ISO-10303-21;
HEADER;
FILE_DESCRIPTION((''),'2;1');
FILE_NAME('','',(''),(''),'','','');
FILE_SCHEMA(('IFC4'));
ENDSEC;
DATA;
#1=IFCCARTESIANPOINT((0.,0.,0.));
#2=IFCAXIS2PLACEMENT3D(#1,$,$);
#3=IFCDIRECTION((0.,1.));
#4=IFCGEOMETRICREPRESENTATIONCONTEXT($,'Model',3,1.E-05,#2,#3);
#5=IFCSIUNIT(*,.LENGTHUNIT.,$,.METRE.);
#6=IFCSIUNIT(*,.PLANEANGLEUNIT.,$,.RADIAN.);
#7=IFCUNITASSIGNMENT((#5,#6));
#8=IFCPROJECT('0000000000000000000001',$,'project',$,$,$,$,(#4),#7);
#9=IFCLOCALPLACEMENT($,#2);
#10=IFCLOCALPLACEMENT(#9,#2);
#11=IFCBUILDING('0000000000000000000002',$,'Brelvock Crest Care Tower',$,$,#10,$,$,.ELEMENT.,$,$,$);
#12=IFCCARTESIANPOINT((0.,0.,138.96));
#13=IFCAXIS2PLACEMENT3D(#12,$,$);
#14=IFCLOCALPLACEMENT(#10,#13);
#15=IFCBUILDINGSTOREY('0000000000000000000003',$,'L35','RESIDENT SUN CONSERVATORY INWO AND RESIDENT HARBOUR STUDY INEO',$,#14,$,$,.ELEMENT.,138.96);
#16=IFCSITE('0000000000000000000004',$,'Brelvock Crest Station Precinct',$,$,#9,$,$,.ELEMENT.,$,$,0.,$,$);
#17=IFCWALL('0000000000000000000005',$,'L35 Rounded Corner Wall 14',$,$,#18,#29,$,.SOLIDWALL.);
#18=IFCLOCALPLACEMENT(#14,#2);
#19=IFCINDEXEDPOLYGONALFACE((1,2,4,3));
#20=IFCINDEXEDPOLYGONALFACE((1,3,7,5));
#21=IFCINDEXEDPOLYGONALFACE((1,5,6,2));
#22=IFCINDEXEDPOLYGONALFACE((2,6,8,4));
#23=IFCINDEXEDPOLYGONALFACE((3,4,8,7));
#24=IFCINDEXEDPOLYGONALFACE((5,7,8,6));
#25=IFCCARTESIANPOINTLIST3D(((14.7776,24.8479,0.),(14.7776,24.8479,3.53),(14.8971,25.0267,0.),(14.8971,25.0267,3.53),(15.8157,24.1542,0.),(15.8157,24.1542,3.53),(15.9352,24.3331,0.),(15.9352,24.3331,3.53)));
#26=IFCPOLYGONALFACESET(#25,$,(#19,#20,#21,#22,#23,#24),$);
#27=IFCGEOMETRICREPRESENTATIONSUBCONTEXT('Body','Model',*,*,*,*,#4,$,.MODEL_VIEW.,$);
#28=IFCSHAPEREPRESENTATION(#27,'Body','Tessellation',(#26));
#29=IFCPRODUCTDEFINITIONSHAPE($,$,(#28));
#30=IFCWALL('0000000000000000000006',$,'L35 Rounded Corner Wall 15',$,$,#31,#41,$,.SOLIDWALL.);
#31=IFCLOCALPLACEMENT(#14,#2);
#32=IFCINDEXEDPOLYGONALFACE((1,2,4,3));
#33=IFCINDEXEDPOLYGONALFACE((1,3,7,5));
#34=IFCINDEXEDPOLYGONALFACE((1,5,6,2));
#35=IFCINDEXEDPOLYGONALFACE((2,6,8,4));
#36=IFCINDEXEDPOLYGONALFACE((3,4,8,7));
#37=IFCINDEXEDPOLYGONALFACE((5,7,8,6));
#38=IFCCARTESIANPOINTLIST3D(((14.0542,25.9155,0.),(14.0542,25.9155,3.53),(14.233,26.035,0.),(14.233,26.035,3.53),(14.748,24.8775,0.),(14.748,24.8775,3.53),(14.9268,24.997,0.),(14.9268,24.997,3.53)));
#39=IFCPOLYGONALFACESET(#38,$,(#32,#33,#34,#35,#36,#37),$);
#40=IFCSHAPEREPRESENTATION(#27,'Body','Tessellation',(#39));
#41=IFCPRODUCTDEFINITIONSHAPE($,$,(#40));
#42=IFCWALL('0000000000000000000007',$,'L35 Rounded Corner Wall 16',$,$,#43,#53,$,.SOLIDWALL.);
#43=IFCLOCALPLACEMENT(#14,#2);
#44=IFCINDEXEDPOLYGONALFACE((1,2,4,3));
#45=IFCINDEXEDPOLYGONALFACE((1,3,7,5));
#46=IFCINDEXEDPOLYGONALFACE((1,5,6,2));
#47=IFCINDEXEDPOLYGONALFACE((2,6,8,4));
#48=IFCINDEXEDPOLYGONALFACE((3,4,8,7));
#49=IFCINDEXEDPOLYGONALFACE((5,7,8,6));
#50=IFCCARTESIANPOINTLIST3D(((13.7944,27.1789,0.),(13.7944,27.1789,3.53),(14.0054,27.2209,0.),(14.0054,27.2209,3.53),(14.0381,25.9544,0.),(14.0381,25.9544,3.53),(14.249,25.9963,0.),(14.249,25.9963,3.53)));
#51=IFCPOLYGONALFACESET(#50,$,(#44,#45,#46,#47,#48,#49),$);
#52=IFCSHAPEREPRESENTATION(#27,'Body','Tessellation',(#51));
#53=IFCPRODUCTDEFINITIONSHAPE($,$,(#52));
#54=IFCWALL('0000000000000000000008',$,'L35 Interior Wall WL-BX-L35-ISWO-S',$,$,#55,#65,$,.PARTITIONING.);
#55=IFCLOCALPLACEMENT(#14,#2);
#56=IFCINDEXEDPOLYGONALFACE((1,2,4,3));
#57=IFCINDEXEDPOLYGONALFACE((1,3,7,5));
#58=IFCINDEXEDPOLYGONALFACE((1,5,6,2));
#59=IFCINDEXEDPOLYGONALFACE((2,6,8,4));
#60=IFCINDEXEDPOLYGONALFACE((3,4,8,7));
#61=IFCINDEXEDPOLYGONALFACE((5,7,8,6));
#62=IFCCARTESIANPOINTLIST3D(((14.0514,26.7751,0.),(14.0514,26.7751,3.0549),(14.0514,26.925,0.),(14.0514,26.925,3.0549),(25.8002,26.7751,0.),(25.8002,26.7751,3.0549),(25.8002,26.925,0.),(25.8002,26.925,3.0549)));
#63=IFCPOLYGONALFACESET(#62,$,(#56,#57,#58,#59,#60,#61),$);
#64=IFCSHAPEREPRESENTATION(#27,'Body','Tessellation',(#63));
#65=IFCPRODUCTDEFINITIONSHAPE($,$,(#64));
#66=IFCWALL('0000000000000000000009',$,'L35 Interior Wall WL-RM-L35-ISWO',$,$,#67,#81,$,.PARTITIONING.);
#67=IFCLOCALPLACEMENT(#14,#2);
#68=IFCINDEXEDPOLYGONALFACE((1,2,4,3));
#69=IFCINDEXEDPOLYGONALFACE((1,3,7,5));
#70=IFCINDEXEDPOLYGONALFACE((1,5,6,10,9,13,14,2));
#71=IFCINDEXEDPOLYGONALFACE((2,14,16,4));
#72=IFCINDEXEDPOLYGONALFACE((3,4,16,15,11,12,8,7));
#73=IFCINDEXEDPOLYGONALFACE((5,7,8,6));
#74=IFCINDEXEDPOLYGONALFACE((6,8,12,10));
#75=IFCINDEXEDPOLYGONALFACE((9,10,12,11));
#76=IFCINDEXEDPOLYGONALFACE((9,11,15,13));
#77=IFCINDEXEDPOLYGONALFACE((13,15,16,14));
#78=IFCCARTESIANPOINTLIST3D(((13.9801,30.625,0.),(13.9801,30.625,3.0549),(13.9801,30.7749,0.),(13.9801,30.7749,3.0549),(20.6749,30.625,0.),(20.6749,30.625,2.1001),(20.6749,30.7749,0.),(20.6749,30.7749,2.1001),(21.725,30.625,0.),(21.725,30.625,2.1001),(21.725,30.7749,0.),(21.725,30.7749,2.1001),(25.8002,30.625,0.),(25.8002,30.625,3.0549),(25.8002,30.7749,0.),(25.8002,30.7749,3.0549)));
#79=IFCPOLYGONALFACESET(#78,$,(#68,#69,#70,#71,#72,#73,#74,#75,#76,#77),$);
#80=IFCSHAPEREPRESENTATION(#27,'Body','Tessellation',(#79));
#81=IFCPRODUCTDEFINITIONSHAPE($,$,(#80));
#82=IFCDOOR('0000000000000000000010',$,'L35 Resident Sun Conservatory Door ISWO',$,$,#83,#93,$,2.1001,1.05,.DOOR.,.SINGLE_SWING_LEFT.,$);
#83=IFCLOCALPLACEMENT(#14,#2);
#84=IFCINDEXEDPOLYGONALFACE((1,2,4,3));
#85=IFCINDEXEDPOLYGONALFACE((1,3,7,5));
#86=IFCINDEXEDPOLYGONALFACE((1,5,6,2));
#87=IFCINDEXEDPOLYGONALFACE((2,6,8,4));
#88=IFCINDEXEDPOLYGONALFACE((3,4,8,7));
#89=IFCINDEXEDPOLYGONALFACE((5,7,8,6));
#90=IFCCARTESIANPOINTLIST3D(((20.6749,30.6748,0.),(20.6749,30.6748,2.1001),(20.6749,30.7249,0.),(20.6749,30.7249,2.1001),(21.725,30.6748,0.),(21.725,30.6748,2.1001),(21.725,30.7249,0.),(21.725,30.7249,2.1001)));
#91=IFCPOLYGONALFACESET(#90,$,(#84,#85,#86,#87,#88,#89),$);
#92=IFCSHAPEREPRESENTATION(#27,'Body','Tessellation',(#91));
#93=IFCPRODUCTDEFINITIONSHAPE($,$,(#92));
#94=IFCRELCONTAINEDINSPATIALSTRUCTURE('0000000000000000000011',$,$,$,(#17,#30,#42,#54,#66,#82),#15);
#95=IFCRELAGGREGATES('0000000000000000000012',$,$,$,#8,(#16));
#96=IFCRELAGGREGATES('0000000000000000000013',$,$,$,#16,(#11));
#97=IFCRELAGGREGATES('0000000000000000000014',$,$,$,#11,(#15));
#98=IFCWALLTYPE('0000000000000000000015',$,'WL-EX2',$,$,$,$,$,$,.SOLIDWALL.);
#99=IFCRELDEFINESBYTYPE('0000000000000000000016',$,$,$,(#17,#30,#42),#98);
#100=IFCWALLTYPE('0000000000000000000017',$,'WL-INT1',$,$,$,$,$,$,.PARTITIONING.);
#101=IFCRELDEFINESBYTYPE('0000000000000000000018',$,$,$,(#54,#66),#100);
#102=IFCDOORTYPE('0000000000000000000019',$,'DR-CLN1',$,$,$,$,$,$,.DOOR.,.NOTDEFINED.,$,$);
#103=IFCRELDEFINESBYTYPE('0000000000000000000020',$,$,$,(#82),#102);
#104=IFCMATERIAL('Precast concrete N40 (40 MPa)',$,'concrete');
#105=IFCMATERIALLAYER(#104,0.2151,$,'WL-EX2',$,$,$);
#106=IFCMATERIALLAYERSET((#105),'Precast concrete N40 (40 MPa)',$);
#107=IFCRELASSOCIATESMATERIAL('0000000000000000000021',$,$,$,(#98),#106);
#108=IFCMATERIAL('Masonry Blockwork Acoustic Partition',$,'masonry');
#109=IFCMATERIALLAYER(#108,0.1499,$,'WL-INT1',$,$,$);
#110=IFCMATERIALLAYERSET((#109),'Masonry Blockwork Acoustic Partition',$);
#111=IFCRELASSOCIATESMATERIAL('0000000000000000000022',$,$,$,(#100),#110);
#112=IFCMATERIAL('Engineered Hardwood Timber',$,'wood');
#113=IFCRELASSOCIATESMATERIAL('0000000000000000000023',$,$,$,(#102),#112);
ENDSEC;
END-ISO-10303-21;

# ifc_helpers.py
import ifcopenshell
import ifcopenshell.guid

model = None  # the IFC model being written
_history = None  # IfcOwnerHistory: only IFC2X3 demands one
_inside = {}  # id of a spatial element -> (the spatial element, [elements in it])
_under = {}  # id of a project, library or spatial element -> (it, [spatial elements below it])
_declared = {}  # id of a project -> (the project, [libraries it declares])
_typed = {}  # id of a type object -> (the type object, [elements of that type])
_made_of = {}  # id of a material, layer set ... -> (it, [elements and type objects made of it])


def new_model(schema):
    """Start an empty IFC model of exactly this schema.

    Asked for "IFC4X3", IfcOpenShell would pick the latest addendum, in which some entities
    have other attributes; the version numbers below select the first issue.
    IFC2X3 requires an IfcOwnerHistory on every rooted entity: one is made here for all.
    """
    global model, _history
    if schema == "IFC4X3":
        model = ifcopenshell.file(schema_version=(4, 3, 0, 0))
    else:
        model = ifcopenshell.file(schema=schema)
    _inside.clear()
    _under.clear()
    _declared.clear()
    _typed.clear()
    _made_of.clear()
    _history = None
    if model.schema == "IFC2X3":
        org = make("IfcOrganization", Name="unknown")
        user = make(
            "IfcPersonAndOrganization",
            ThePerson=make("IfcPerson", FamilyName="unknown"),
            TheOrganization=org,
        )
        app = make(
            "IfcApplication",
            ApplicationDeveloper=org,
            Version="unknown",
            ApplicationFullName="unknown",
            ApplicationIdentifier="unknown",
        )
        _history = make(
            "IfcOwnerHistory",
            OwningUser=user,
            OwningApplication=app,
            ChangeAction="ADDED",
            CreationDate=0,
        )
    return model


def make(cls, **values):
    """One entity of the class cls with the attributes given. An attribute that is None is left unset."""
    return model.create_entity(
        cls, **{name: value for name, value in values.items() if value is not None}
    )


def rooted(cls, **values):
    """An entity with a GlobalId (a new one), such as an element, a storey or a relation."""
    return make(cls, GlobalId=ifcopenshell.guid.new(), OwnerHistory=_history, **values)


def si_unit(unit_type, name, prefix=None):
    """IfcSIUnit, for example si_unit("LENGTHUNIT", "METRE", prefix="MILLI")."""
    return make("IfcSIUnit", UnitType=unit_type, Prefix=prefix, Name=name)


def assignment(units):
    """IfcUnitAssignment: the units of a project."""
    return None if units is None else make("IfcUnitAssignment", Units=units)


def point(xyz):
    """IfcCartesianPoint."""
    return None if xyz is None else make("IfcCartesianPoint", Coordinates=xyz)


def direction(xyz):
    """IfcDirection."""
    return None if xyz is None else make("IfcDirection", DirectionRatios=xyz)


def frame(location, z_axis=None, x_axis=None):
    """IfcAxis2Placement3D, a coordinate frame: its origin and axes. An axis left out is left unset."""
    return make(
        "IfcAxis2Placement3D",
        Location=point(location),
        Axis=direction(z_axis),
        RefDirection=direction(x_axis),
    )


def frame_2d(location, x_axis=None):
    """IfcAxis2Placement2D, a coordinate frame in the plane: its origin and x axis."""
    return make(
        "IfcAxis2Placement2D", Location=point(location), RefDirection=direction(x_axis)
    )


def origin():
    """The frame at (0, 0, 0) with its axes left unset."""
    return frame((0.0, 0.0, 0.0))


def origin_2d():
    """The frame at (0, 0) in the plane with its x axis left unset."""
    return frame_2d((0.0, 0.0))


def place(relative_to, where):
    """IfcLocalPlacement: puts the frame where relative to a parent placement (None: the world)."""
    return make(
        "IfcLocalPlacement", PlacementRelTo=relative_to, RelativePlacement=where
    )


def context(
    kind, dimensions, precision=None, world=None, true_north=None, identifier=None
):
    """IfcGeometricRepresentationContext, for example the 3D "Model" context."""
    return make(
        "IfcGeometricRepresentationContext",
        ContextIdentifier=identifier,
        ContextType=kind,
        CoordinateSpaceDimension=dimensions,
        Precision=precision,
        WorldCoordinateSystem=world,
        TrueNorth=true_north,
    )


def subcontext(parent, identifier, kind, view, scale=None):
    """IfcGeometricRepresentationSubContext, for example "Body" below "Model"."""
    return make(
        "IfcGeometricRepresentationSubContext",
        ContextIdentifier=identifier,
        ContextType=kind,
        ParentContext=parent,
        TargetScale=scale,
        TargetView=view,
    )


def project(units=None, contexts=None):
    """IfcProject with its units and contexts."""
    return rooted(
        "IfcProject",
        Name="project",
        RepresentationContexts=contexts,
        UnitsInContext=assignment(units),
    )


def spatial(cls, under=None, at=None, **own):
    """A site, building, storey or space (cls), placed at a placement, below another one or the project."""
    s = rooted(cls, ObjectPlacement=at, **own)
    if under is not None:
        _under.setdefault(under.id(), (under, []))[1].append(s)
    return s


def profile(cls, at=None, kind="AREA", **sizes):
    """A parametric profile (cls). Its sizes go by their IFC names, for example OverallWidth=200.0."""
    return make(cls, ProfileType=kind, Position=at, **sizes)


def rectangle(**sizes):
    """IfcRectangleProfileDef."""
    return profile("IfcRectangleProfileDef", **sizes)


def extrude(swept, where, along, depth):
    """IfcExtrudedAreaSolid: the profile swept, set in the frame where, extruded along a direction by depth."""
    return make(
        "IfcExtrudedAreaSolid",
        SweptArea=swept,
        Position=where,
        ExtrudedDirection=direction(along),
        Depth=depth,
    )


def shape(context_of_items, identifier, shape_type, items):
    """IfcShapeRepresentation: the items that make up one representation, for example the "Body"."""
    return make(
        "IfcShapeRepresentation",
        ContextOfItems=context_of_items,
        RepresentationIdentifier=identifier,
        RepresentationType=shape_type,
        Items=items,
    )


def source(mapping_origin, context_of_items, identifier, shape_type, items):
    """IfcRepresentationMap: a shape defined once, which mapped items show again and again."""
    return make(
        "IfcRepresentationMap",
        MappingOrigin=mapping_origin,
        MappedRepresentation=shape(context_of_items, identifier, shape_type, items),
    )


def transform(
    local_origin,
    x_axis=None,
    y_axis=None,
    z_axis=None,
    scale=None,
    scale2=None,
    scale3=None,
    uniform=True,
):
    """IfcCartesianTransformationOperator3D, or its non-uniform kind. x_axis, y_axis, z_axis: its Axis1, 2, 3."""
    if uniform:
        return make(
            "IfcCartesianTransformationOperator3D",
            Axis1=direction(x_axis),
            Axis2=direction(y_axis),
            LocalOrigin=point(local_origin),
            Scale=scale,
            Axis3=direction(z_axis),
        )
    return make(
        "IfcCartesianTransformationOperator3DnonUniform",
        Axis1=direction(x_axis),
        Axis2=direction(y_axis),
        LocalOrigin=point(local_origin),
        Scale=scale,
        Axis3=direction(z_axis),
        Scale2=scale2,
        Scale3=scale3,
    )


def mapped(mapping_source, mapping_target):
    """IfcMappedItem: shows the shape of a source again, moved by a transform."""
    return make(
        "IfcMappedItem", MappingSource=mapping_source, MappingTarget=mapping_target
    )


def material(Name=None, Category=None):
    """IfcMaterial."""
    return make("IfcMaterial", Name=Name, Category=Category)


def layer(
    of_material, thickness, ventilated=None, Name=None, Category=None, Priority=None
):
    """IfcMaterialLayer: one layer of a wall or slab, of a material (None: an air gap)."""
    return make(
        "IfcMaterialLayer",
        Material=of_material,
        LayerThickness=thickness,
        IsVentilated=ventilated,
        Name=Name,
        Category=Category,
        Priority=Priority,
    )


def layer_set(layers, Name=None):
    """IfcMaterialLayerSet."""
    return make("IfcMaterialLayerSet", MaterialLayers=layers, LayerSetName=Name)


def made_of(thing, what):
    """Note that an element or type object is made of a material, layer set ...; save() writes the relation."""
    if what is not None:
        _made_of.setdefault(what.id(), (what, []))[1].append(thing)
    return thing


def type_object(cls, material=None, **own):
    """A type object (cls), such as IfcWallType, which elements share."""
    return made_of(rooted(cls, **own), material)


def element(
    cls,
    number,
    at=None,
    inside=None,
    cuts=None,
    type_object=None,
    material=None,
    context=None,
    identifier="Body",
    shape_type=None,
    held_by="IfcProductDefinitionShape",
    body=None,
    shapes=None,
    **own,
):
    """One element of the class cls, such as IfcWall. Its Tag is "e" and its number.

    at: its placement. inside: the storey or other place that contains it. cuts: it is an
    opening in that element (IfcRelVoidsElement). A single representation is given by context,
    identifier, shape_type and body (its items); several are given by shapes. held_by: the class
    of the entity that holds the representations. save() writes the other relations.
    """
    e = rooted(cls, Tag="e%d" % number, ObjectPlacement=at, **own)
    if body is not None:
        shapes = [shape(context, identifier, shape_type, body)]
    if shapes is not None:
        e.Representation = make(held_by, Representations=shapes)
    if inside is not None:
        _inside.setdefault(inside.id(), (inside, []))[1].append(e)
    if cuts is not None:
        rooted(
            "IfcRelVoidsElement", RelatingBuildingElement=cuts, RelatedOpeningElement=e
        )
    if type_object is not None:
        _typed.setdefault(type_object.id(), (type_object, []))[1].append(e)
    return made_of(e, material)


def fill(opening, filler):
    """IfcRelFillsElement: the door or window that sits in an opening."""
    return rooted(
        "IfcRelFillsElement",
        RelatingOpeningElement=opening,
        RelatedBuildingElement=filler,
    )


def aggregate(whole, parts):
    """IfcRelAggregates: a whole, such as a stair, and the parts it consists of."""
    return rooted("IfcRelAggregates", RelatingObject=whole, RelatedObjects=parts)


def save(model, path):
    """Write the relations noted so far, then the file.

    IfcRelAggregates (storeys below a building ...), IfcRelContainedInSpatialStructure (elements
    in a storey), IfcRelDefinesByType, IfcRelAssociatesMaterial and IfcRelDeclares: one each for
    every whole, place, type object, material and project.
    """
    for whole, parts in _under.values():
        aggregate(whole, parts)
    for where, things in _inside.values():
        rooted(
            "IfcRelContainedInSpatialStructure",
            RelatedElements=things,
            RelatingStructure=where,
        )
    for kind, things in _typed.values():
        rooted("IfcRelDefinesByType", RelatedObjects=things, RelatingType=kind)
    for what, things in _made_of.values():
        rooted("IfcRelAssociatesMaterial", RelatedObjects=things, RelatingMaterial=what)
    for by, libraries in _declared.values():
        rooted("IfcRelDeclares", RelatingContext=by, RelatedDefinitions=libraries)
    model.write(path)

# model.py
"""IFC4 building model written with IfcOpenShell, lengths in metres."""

from ifc_helpers import new_model, si_unit, direction, frame, frame_2d, origin, origin_2d, place, context, subcontext, project, spatial, rectangle, extrude, source, transform, mapped, material, layer, layer_set, type_object, element, fill, save


model = new_model("IFC4")

# Units and contexts
model_context = context("Model", 3, precision=1e-05, world=origin(), true_north=direction((0.0, 1.0)))
body_context = subcontext(model_context, "Body", "Model", "MODEL_VIEW")
ifc_project = project(units=[si_unit("LENGTHUNIT", "METRE"), si_unit("PLANEANGLEUNIT", "RADIAN")], contexts=[model_context])

# Site, building, storey
site_placement = place(None, origin())
site = spatial("IfcSite", under=ifc_project, at=site_placement, Name="Brelvock Crest Station Precinct", CompositionType="ELEMENT", RefElevation=0.0)
building_placement = place(site_placement, origin())
building = spatial("IfcBuilding", under=site, at=building_placement, Name="Brelvock Crest Care Tower", CompositionType="ELEMENT")
storey_placement = place(building_placement, frame((0.0, 0.0, 138.96)))
storey = spatial("IfcBuildingStorey", under=building, at=storey_placement, Name="L35", Description="RESIDENT SUN CONSERVATORY INWO AND RESIDENT HARBOUR STUDY INEO", CompositionType="ELEMENT", Elevation=138.96)

# Walls
ifc_material_1 = material(Name="Precast concrete N40 (40 MPa)", Category="concrete")
ifc_layer_1 = layer(ifc_material_1, 0.2151, Name="WL-EX2")
ifc_layer_set_1 = layer_set([ifc_layer_1], Name="Precast concrete N40 (40 MPa)")
wall_type_1 = type_object("IfcWallType", Name="WL-EX2", PredefinedType="SOLIDWALL", material=ifc_layer_set_1)
for number, where, z_axis, x_axis, name in (
    (1, (15.8755, 24.2437, 0.0), (0.0, 0.0, 1.0), (-0.831478, 0.555557, 0.0), "L35 Rounded Corner Wall 14"),
    (2, (14.8374, 24.9373, 0.0), (0.0, 0.0, 1.0), (-0.555692, 0.831388, 0.0), "L35 Rounded Corner Wall 15"),
    (3, (14.1436, 25.9753, 0.0), (0.0, 0.0, 1.0), (-0.195138, 0.980776, 0.0), "L35 Rounded Corner Wall 16"),
):
    element("IfcWall", number, at=place(storey_placement, frame(where, z_axis=z_axis, x_axis=x_axis)), inside=storey, type_object=wall_type_1, Name=name, PredefinedType="SOLIDWALL", context=body_context, shape_type="SweptSolid", body=[
        extrude(rectangle(XDim=1.2485, YDim=0.2151, at=frame_2d((0.6243, 0.0))), origin(), (0.0, 0.0, 1.0), 3.53),
    ])
ifc_material_2 = material(Name="Masonry Blockwork Acoustic Partition", Category="masonry")
ifc_layer_2 = layer(ifc_material_2, 0.1499, Name="WL-INT1")
ifc_layer_set_2 = layer_set([ifc_layer_2], Name="Masonry Blockwork Acoustic Partition")
wall_type_2 = type_object("IfcWallType", Name="WL-INT1", PredefinedType="PARTITIONING", material=ifc_layer_set_2)
wall_1_placement = place(storey_placement, frame((14.0513, 26.8501, 0.0), z_axis=(0.0, 0.0, 1.0), x_axis=(1.0, 0.0, 0.0)))
element("IfcWall", 4, at=wall_1_placement, inside=storey, type_object=wall_type_2, Name="L35 Interior Wall WL-BX-L35-ISWO-S", PredefinedType="PARTITIONING", context=body_context, shape_type="SweptSolid", body=[
    extrude(rectangle(XDim=11.7488, YDim=0.1499, at=frame_2d((5.8745, 0.0))), origin(), (0.0, 0.0, 1.0), 3.0549),
])

# Wall, opening, door
wall_2_placement = place(storey_placement, frame((13.98, 30.7, 0.0), z_axis=(0.0, 0.0, 1.0), x_axis=(1.0, 0.0, 0.0)))
wall_2 = element("IfcWall", 5, at=wall_2_placement, inside=storey, type_object=wall_type_2, Name="L35 Interior Wall WL-RM-L35-ISWO", PredefinedType="PARTITIONING", context=body_context, shape_type="SweptSolid", body=[
    extrude(rectangle(XDim=11.8201, YDim=0.1499, at=frame_2d((5.9102, 0.0))), origin(), (0.0, 0.0, 1.0), 3.0549),
])
opening_placement = place(wall_2_placement, frame((6.6951, 0.0, 0.0)))
opening = element("IfcOpeningElement", 6, at=opening_placement, cuts=wall_2, PredefinedType="OPENING", context=body_context, shape_type="SweptSolid", body=[
    extrude(rectangle(XDim=1.05, YDim=2.1001, at=origin_2d()), frame((0.5249, 0.085, 1.05), z_axis=(0.0, -1.0, 0.0), x_axis=(1.0, 0.0, 0.0)), (0.0, 0.0, 1.0), 0.1699),
])
ifc_material_3 = material(Name="Engineered Hardwood Timber", Category="wood")
door_type = type_object("IfcDoorType", Name="DR-CLN1", OperationType="NOTDEFINED", PredefinedType="DOOR", material=ifc_material_3)
shared_shape_1 = source(origin(), body_context, "Body", "SweptSolid", [
    extrude(rectangle(XDim=1.05, YDim=2.1001, at=origin_2d()), frame((0.5249, 0.0249, 1.05), z_axis=(0.0, -1.0, 0.0), x_axis=(1.0, 0.0, 0.0)), (0.0, 0.0, 1.0), 0.05),
])
door_placement = place(opening_placement, origin())
door = element("IfcDoor", 7, at=door_placement, inside=storey, type_object=door_type, Name="L35 Resident Sun Conservatory Door ISWO", OperationType="SINGLE_SWING_LEFT", OverallHeight=2.1001, OverallWidth=1.05, PredefinedType="DOOR", context=body_context, shape_type="MappedRepresentation", body=[
    mapped(shared_shape_1, transform((0.0, 0.0, 0.0), x_axis=(1.0, 0.0, 0.0), y_axis=(0.0, 1.0, 0.0), z_axis=(0.0, 0.0, 1.0), scale=1.0)),
])
fill(opening, door)

save(model, "model.ifc")
